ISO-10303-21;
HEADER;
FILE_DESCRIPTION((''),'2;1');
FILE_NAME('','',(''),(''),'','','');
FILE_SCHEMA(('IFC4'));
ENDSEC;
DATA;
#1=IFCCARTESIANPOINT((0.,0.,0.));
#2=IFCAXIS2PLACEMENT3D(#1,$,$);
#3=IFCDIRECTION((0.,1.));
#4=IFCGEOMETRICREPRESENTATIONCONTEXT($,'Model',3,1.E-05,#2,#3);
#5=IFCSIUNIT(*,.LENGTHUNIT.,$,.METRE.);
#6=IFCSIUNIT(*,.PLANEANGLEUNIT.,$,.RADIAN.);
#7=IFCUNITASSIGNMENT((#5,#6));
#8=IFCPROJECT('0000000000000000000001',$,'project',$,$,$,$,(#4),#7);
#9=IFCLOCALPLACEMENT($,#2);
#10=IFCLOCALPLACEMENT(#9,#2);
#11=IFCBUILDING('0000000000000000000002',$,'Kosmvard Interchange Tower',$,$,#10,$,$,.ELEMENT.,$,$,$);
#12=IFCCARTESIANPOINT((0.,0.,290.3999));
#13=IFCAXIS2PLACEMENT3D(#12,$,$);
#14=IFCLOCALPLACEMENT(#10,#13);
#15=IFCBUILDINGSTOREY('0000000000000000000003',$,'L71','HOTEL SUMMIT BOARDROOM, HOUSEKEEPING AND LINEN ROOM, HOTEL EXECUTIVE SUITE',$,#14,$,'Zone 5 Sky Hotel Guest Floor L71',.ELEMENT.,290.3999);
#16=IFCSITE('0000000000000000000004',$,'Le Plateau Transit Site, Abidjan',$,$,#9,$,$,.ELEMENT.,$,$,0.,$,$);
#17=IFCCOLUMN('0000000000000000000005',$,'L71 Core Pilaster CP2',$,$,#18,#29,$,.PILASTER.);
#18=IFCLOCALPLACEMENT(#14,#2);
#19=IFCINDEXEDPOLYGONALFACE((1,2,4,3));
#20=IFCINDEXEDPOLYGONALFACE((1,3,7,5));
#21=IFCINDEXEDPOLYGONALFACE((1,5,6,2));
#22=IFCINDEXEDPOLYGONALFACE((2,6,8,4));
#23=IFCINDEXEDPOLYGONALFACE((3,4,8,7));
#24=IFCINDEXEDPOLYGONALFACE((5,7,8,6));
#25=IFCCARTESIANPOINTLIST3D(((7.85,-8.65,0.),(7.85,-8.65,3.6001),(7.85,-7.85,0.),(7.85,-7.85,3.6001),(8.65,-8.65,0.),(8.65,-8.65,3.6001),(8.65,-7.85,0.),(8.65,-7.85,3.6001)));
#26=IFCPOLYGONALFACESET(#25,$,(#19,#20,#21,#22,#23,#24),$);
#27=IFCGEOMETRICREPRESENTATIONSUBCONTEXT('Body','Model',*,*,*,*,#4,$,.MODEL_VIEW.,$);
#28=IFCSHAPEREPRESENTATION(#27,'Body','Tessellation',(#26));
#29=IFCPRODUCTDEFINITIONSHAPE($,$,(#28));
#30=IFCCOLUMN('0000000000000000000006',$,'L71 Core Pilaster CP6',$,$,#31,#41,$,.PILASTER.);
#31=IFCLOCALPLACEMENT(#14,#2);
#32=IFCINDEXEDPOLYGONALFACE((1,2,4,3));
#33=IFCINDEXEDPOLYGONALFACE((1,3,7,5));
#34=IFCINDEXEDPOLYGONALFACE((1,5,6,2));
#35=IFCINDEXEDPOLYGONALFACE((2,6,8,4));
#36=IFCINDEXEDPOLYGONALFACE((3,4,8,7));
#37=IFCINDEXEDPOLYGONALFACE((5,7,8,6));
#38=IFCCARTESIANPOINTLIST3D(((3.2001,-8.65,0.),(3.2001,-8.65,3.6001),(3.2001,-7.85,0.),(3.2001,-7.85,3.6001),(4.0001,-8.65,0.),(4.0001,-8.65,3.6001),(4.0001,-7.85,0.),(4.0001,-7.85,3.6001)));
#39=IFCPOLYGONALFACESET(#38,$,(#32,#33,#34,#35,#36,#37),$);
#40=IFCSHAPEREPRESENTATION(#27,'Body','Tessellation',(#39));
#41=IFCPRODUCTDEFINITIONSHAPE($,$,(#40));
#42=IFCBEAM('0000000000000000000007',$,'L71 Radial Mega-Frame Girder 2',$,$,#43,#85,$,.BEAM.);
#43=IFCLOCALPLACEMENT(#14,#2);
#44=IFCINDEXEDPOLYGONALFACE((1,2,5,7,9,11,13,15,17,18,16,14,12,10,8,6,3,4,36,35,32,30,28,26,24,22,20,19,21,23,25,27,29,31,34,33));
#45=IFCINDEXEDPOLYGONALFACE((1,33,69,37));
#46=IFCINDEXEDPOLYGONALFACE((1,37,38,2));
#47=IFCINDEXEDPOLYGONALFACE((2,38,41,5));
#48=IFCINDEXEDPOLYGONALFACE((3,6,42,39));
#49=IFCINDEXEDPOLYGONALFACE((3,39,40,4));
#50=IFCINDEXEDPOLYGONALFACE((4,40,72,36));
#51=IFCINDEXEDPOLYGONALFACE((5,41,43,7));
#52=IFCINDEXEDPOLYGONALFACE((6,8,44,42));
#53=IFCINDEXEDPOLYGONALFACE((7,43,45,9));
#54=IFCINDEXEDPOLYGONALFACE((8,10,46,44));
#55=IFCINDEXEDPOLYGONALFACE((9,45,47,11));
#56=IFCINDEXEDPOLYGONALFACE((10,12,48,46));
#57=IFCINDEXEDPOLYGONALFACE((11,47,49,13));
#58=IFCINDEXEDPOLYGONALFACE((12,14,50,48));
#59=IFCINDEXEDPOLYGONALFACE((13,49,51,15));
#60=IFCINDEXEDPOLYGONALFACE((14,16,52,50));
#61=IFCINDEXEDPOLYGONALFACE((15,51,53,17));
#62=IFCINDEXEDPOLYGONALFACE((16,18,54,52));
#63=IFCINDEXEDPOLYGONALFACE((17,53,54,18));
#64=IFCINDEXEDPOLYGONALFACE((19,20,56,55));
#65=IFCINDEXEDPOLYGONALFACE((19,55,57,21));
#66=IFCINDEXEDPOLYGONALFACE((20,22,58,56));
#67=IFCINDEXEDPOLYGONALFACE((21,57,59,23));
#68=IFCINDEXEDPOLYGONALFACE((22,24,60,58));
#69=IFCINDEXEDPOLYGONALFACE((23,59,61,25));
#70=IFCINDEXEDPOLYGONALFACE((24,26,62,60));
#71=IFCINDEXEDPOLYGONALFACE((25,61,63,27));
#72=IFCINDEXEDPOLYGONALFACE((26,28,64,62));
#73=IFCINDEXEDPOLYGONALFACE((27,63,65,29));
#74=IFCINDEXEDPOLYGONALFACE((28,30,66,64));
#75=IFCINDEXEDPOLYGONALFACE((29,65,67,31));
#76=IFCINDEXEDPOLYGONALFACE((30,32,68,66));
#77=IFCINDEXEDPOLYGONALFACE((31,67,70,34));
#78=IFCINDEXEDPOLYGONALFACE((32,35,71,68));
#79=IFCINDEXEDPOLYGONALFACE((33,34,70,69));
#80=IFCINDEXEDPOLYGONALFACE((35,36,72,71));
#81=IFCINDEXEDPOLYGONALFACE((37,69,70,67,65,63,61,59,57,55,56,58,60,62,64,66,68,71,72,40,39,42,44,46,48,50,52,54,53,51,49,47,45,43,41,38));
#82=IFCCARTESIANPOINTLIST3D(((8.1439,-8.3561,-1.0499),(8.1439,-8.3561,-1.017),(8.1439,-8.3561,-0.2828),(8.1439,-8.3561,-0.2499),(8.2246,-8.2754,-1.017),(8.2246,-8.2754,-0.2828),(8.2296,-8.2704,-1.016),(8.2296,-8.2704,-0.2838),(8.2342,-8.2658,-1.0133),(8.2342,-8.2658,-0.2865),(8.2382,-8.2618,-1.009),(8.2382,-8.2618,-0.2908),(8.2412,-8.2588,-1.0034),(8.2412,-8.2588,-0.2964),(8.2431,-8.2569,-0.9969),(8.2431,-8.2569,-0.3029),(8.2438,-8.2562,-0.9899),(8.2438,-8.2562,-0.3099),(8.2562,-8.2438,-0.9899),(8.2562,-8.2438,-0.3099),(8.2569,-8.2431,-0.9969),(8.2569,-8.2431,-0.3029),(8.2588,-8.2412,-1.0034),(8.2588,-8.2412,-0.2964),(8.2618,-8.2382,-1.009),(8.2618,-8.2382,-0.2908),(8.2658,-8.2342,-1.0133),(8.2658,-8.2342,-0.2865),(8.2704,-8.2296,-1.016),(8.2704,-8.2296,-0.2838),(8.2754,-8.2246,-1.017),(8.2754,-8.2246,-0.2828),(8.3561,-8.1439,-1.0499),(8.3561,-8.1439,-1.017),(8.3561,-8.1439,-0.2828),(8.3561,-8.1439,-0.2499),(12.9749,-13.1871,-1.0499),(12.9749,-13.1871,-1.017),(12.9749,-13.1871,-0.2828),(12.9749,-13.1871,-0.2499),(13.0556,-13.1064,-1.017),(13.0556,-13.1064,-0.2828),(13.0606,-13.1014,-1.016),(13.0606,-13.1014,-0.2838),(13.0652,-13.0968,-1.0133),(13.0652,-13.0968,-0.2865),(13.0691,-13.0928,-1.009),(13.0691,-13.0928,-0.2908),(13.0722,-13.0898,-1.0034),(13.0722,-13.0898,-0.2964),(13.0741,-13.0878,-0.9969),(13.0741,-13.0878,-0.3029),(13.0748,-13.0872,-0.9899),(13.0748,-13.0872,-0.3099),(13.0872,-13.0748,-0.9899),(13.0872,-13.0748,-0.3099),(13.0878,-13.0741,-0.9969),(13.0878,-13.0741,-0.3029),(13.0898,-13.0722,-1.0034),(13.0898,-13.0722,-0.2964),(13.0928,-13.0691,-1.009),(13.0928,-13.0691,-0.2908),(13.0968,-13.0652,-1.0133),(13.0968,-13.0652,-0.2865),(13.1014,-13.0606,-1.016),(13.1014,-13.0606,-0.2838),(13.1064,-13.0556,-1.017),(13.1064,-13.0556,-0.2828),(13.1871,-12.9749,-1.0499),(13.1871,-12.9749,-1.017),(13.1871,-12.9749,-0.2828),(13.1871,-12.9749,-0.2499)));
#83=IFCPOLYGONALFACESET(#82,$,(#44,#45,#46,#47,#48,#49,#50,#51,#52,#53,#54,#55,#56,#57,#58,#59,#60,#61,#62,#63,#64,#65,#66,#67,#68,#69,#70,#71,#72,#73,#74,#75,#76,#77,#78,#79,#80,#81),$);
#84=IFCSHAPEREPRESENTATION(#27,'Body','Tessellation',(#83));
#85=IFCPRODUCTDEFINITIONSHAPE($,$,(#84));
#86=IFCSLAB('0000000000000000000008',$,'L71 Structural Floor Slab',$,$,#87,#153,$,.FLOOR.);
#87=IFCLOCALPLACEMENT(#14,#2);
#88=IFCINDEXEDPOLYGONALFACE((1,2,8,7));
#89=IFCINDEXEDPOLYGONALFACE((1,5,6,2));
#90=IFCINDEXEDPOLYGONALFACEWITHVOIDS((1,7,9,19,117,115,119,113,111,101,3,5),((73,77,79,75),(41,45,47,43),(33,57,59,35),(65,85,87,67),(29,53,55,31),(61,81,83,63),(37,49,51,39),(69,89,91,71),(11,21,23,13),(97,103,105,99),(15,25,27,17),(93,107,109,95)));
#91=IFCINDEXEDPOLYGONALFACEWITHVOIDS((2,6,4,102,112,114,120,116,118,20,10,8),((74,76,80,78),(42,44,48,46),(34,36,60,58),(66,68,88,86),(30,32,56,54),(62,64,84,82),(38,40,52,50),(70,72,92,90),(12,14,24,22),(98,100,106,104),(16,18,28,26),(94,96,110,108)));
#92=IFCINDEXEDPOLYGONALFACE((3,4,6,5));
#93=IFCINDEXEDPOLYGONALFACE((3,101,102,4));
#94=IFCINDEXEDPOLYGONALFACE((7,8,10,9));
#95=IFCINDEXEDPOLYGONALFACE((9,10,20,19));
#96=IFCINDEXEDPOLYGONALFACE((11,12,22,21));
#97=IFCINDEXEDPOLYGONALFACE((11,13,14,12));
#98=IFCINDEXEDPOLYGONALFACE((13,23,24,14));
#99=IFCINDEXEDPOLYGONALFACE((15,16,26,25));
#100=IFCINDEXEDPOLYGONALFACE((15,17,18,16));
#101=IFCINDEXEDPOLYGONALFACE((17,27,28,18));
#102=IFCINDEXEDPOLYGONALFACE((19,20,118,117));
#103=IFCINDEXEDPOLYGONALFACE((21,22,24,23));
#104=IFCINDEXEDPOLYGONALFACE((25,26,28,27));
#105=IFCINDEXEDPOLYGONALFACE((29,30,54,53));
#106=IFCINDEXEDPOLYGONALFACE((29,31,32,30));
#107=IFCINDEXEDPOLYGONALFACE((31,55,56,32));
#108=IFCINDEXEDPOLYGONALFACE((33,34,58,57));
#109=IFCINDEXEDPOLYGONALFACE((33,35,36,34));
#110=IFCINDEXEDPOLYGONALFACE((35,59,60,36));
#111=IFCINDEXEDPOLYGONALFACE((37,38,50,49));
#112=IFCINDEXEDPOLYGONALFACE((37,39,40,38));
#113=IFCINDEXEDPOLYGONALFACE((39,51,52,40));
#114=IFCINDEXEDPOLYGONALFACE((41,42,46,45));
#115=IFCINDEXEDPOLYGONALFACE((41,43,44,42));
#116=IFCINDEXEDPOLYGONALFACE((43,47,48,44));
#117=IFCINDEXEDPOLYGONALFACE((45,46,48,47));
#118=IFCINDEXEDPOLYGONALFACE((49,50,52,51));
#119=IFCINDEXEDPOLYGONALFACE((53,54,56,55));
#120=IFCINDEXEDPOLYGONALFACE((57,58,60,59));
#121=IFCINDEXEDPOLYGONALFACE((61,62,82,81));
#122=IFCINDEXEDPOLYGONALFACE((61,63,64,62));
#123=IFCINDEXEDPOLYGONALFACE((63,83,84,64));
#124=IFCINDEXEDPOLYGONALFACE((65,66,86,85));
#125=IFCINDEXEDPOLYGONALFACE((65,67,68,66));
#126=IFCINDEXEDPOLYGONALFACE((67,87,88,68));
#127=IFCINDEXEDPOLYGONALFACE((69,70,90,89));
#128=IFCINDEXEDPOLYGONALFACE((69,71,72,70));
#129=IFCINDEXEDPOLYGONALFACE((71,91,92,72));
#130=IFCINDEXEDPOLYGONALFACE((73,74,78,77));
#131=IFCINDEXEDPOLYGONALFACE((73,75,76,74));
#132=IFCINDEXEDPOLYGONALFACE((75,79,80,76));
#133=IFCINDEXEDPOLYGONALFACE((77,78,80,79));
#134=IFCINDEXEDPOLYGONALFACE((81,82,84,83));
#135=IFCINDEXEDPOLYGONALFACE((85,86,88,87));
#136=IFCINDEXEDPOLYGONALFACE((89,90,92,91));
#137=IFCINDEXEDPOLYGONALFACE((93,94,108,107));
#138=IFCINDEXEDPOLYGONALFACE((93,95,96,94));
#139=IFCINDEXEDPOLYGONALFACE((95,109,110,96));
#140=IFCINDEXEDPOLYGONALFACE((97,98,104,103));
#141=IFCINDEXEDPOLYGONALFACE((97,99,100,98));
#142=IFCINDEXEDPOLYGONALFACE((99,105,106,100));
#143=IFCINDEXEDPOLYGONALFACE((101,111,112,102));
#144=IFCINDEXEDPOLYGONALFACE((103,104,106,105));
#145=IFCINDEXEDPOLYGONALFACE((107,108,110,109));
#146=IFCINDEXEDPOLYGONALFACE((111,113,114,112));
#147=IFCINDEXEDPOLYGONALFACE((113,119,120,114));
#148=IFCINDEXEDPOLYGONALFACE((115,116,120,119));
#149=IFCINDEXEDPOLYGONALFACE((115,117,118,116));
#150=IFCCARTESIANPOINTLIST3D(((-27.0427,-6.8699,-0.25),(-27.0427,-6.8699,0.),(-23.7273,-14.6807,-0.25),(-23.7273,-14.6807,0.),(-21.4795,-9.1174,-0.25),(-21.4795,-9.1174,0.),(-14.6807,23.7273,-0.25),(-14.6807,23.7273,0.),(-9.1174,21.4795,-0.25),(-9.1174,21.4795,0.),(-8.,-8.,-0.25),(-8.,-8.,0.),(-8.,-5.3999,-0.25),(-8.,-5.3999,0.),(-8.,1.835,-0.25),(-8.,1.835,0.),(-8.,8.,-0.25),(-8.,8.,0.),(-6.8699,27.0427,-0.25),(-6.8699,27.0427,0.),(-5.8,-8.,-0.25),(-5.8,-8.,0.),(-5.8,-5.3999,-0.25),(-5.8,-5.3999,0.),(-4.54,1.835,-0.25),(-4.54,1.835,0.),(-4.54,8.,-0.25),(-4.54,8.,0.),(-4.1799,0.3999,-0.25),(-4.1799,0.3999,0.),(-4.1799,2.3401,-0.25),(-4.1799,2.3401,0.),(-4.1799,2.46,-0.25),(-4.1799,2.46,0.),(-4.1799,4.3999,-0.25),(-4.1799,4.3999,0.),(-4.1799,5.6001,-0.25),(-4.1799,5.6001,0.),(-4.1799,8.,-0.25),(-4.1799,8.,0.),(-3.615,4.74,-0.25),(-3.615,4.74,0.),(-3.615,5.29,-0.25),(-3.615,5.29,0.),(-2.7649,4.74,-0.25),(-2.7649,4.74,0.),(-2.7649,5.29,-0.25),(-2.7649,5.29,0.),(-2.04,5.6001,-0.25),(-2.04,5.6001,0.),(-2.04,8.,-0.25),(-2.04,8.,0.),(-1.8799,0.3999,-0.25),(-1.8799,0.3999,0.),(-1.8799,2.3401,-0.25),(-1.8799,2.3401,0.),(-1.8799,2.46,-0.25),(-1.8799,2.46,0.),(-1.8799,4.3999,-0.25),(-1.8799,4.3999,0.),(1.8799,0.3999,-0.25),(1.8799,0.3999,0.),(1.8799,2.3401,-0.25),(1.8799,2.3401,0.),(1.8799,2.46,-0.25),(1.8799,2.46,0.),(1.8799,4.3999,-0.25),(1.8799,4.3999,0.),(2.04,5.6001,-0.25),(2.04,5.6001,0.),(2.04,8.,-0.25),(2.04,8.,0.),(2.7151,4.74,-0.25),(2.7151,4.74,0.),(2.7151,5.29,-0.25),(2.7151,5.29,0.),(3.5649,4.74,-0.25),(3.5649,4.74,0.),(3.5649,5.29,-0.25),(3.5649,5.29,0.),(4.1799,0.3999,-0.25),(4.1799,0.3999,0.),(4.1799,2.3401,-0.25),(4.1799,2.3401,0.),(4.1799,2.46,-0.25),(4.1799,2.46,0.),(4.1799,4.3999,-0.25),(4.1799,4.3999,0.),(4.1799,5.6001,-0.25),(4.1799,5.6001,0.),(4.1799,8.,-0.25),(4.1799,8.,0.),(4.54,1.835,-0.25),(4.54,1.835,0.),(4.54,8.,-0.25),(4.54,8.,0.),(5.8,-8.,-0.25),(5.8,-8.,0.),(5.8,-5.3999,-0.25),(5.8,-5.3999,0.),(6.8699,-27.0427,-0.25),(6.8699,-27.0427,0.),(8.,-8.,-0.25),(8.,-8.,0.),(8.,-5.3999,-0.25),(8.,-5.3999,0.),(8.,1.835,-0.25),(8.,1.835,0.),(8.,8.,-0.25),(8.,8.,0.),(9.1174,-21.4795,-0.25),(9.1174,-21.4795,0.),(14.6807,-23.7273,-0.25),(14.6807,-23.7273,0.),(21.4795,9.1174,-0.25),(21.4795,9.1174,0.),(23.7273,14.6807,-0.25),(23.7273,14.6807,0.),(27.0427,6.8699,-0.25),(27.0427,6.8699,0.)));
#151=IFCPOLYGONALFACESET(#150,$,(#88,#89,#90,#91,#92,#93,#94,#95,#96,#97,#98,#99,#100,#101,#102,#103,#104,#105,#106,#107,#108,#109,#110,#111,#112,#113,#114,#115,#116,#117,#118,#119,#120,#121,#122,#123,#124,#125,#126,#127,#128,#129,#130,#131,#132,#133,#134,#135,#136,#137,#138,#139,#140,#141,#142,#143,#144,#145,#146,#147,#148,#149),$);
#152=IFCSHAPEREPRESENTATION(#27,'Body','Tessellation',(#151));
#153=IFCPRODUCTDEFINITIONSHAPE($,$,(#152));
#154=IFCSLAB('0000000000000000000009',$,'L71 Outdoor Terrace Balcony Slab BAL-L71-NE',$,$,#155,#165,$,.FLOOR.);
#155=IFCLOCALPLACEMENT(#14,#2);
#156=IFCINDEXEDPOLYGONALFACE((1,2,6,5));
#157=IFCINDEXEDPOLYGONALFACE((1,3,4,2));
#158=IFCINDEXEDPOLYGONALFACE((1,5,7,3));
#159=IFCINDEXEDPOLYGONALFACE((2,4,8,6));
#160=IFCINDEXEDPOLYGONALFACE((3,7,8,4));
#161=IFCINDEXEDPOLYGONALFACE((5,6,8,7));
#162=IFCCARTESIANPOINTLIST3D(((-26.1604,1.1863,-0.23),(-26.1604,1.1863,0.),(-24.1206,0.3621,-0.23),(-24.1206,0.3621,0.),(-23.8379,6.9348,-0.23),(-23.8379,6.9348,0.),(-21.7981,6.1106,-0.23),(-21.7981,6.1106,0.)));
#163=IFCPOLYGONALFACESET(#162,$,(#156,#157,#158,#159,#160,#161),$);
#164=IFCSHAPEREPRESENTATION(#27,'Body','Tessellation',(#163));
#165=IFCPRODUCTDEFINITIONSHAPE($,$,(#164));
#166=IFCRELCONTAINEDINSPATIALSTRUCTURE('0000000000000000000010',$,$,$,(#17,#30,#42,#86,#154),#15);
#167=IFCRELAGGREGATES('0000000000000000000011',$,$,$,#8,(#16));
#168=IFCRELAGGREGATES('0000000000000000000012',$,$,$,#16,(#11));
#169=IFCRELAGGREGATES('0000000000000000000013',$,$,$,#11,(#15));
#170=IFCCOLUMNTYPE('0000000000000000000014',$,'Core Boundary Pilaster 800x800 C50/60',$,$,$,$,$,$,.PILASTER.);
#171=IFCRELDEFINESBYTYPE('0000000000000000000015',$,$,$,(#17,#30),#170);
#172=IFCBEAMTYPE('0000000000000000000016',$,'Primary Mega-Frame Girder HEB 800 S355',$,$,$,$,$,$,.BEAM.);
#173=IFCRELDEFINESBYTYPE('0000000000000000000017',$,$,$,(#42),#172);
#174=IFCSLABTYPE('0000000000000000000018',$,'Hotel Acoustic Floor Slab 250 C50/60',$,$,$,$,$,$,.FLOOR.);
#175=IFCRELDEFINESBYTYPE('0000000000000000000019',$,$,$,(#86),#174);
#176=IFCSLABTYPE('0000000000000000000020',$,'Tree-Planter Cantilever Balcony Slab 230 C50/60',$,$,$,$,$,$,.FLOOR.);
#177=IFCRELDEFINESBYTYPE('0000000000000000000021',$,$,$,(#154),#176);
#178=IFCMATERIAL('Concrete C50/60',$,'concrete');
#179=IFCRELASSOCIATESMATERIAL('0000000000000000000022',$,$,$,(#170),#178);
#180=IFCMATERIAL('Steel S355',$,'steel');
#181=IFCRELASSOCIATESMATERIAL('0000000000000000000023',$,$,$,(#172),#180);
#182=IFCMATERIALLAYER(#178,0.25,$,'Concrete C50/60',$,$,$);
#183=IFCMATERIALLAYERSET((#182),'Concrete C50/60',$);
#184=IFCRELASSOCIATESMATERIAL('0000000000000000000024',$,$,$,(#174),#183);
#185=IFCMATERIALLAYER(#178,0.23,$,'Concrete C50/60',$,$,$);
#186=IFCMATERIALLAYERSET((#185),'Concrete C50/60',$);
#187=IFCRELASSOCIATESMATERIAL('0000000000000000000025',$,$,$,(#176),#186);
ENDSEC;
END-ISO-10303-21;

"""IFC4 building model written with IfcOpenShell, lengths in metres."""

from ifc_helpers import new_model, si_unit, direction, frame, origin, origin_2d, place, context, subcontext, project, spatial, polyline, rectangle, i_section, outline, extrude, source, transform, mapped, material, layer, layer_set, material_profile, profile_set, type_object, element, save


model = new_model("IFC4")

# Units and contexts
model_context = context("Model", 3, precision=1e-05, world=origin(), true_north=direction((0.0, 1.0)))
body_context = subcontext(model_context, "Body", "Model", "MODEL_VIEW")
ifc_project = project(units=[si_unit("LENGTHUNIT", "METRE"), si_unit("PLANEANGLEUNIT", "RADIAN")], contexts=[model_context])

# Site, building, storey
site_placement = place(None, origin())
site = spatial("IfcSite", under=ifc_project, at=site_placement, Name="Le Plateau Transit Site, Abidjan", CompositionType="ELEMENT", RefElevation=0.0)
building_placement = place(site_placement, origin())
building = spatial("IfcBuilding", under=site, at=building_placement, Name="Kosmvard Interchange Tower", CompositionType="ELEMENT")
storey_placement = place(building_placement, frame((0.0, 0.0, 290.3999)))
storey = spatial("IfcBuildingStorey", under=building, at=storey_placement, Name="L71", Description="HOTEL SUMMIT BOARDROOM, HOUSEKEEPING AND LINEN ROOM, HOTEL EXECUTIVE SUITE", LongName="Zone 5 Sky Hotel Guest Floor L71", CompositionType="ELEMENT", Elevation=290.3999)

# Columns
ifc_material_1 = material(Name="Concrete C50/60", Category="concrete")
ifc_material_profile_1 = material_profile(ifc_material_1, rectangle(XDim=0.8, YDim=0.8, at=origin_2d()), Name="CP 800x800")
ifc_profile_set_1 = profile_set([ifc_material_profile_1], Name="Concrete C50/60")
column_type = type_object("IfcColumnType", Name="Core Boundary Pilaster 800x800 C50/60", PredefinedType="PILASTER", material=ifc_profile_set_1)
shared_shape_1 = source(origin(), body_context, "Body", "SweptSolid", [
    extrude(rectangle(XDim=0.8, YDim=0.8, at=origin_2d()), origin(), (0.0, 0.0, 1.0), 3.6001),
])
for number, where, z_axis, x_axis, name in (
    (1, (8.25, -8.25, 0.0), (0.0, 0.0, 1.0), (1.0, 0.0, 0.0), "L71 Core Pilaster CP2"),
    (2, (3.6001, -8.25, 0.0), (0.0, 0.0, 1.0), (1.0, 0.0, 0.0), "L71 Core Pilaster CP6"),
):
    element("IfcColumn", number, at=place(storey_placement, frame(where, z_axis=z_axis, x_axis=x_axis)), inside=storey, type_object=column_type, Name=name, PredefinedType="PILASTER", context=body_context, shape_type="MappedRepresentation", body=[
        mapped(shared_shape_1, transform((0.0, 0.0, 0.0), scale=1.0)),
    ])

# Beam
ifc_material_2 = material(Name="Steel S355", Category="steel")
ifc_material_profile_2 = material_profile(ifc_material_2, i_section(OverallWidth=0.3, OverallDepth=0.8, WebThickness=0.0176, FlangeThickness=0.033, FilletRadius=0.0271, at=origin_2d()), Name="HEB 800")
ifc_profile_set_2 = profile_set([ifc_material_profile_2], Name="Steel S355")
beam_type = type_object("IfcBeamType", Name="Primary Mega-Frame Girder HEB 800 S355", PredefinedType="BEAM", material=ifc_profile_set_2)
shared_shape_2 = source(origin(), body_context, "Body", "SweptSolid", [
    extrude(i_section(OverallWidth=0.3, OverallDepth=0.8, WebThickness=0.0176, FlangeThickness=0.033, FilletRadius=0.0271, at=origin_2d()), origin(), (0.0, 0.0, 1.0), 6.832),
])
beam_placement = place(storey_placement, frame((8.25, -8.25, -0.6499), z_axis=(0.707107, -0.707107, 0.0), x_axis=(0.707107, 0.707107, 0.0)))
element("IfcBeam", 3, at=beam_placement, inside=storey, type_object=beam_type, Name="L71 Radial Mega-Frame Girder 2", PredefinedType="BEAM", context=body_context, shape_type="MappedRepresentation", body=[
    mapped(shared_shape_2, transform((0.0, 0.0, 0.0), scale=1.0)),
])

# Slabs
ifc_layer_1 = layer(ifc_material_1, 0.25, Name="Concrete C50/60")
ifc_layer_set_1 = layer_set([ifc_layer_1], Name="Concrete C50/60")
slab_type_1 = type_object("IfcSlabType", Name="Hotel Acoustic Floor Slab 250 C50/60", PredefinedType="FLOOR", material=ifc_layer_set_1)
slab_1_placement = place(storey_placement, frame((0.0, 0.0, -0.25)))
element("IfcSlab", 4, at=slab_1_placement, inside=storey, type_object=slab_type_1, Name="L71 Structural Floor Slab", PredefinedType="FLOOR", context=body_context, shape_type="SweptSolid", body=[
    extrude(outline(polyline([(14.6807, -23.7273), (27.0427, 6.8699), (21.4795, 9.1174), (23.7273, 14.6807), (-6.8699, 27.0427), (-9.1174, 21.4795), (-14.6807, 23.7273), (-27.0427, -6.8699), (-21.4795, -9.1174), (-23.7273, -14.6807), (6.8699, -27.0427), (9.1174, -21.4795), (14.6807, -23.7273)]), holes=[polyline([(-8.0, 1.835), (-4.54, 1.835), (-4.54, 8.0), (-8.0, 8.0), (-8.0, 1.835)]), polyline([(4.54, 1.835), (8.0, 1.835), (8.0, 8.0), (4.54, 8.0), (4.54, 1.835)]), polyline([(-8.0, -8.0), (-5.8, -8.0), (-5.8, -5.3999), (-8.0, -5.3999), (-8.0, -8.0)]), polyline([(5.8, -8.0), (8.0, -8.0), (8.0, -5.3999), (5.8, -5.3999), (5.8, -8.0)]), polyline([(-4.1799, 0.3999), (-1.8799, 0.3999), (-1.8799, 2.3401), (-4.1799, 2.3401), (-4.1799, 0.3999)]), polyline([(-4.1799, 2.46), (-1.8799, 2.46), (-1.8799, 4.3999), (-4.1799, 4.3999), (-4.1799, 2.46)]), polyline([(1.8799, 0.3999), (4.1799, 0.3999), (4.1799, 2.3401), (1.8799, 2.3401), (1.8799, 0.3999)]), polyline([(1.8799, 2.46), (4.1799, 2.46), (4.1799, 4.3999), (1.8799, 4.3999), (1.8799, 2.46)]), polyline([(-4.1799, 5.6001), (-2.04, 5.6001), (-2.04, 8.0), (-4.1799, 8.0), (-4.1799, 5.6001)]), polyline([(2.04, 5.6001), (4.1799, 5.6001), (4.1799, 8.0), (2.04, 8.0), (2.04, 5.6001)]), polyline([(-3.615, 4.74), (-2.7649, 4.74), (-2.7649, 5.29), (-3.615, 5.29), (-3.615, 4.74)]), polyline([(2.7151, 4.74), (3.5649, 4.74), (3.5649, 5.29), (2.7151, 5.29), (2.7151, 4.74)])]), origin(), (0.0, 0.0, 1.0), 0.25),
])
ifc_layer_2 = layer(ifc_material_1, 0.23, Name="Concrete C50/60")
ifc_layer_set_2 = layer_set([ifc_layer_2], Name="Concrete C50/60")
slab_type_2 = type_object("IfcSlabType", Name="Tree-Planter Cantilever Balcony Slab 230 C50/60", PredefinedType="FLOOR", material=ifc_layer_set_2)
slab_2_placement = place(storey_placement, frame((0.0, 0.0, -0.23)))
element("IfcSlab", 5, at=slab_2_placement, inside=storey, type_object=slab_type_2, Name="L71 Outdoor Terrace Balcony Slab BAL-L71-NE", PredefinedType="FLOOR", context=body_context, shape_type="SweptSolid", body=[
    extrude(outline(polyline([(-24.1206, 0.3621), (-21.7981, 6.1106), (-23.8379, 6.9348), (-26.1604, 1.1863), (-24.1206, 0.3621)])), origin(), (0.0, 0.0, 1.0), 0.23),
])

save(model, "model.ifc")
